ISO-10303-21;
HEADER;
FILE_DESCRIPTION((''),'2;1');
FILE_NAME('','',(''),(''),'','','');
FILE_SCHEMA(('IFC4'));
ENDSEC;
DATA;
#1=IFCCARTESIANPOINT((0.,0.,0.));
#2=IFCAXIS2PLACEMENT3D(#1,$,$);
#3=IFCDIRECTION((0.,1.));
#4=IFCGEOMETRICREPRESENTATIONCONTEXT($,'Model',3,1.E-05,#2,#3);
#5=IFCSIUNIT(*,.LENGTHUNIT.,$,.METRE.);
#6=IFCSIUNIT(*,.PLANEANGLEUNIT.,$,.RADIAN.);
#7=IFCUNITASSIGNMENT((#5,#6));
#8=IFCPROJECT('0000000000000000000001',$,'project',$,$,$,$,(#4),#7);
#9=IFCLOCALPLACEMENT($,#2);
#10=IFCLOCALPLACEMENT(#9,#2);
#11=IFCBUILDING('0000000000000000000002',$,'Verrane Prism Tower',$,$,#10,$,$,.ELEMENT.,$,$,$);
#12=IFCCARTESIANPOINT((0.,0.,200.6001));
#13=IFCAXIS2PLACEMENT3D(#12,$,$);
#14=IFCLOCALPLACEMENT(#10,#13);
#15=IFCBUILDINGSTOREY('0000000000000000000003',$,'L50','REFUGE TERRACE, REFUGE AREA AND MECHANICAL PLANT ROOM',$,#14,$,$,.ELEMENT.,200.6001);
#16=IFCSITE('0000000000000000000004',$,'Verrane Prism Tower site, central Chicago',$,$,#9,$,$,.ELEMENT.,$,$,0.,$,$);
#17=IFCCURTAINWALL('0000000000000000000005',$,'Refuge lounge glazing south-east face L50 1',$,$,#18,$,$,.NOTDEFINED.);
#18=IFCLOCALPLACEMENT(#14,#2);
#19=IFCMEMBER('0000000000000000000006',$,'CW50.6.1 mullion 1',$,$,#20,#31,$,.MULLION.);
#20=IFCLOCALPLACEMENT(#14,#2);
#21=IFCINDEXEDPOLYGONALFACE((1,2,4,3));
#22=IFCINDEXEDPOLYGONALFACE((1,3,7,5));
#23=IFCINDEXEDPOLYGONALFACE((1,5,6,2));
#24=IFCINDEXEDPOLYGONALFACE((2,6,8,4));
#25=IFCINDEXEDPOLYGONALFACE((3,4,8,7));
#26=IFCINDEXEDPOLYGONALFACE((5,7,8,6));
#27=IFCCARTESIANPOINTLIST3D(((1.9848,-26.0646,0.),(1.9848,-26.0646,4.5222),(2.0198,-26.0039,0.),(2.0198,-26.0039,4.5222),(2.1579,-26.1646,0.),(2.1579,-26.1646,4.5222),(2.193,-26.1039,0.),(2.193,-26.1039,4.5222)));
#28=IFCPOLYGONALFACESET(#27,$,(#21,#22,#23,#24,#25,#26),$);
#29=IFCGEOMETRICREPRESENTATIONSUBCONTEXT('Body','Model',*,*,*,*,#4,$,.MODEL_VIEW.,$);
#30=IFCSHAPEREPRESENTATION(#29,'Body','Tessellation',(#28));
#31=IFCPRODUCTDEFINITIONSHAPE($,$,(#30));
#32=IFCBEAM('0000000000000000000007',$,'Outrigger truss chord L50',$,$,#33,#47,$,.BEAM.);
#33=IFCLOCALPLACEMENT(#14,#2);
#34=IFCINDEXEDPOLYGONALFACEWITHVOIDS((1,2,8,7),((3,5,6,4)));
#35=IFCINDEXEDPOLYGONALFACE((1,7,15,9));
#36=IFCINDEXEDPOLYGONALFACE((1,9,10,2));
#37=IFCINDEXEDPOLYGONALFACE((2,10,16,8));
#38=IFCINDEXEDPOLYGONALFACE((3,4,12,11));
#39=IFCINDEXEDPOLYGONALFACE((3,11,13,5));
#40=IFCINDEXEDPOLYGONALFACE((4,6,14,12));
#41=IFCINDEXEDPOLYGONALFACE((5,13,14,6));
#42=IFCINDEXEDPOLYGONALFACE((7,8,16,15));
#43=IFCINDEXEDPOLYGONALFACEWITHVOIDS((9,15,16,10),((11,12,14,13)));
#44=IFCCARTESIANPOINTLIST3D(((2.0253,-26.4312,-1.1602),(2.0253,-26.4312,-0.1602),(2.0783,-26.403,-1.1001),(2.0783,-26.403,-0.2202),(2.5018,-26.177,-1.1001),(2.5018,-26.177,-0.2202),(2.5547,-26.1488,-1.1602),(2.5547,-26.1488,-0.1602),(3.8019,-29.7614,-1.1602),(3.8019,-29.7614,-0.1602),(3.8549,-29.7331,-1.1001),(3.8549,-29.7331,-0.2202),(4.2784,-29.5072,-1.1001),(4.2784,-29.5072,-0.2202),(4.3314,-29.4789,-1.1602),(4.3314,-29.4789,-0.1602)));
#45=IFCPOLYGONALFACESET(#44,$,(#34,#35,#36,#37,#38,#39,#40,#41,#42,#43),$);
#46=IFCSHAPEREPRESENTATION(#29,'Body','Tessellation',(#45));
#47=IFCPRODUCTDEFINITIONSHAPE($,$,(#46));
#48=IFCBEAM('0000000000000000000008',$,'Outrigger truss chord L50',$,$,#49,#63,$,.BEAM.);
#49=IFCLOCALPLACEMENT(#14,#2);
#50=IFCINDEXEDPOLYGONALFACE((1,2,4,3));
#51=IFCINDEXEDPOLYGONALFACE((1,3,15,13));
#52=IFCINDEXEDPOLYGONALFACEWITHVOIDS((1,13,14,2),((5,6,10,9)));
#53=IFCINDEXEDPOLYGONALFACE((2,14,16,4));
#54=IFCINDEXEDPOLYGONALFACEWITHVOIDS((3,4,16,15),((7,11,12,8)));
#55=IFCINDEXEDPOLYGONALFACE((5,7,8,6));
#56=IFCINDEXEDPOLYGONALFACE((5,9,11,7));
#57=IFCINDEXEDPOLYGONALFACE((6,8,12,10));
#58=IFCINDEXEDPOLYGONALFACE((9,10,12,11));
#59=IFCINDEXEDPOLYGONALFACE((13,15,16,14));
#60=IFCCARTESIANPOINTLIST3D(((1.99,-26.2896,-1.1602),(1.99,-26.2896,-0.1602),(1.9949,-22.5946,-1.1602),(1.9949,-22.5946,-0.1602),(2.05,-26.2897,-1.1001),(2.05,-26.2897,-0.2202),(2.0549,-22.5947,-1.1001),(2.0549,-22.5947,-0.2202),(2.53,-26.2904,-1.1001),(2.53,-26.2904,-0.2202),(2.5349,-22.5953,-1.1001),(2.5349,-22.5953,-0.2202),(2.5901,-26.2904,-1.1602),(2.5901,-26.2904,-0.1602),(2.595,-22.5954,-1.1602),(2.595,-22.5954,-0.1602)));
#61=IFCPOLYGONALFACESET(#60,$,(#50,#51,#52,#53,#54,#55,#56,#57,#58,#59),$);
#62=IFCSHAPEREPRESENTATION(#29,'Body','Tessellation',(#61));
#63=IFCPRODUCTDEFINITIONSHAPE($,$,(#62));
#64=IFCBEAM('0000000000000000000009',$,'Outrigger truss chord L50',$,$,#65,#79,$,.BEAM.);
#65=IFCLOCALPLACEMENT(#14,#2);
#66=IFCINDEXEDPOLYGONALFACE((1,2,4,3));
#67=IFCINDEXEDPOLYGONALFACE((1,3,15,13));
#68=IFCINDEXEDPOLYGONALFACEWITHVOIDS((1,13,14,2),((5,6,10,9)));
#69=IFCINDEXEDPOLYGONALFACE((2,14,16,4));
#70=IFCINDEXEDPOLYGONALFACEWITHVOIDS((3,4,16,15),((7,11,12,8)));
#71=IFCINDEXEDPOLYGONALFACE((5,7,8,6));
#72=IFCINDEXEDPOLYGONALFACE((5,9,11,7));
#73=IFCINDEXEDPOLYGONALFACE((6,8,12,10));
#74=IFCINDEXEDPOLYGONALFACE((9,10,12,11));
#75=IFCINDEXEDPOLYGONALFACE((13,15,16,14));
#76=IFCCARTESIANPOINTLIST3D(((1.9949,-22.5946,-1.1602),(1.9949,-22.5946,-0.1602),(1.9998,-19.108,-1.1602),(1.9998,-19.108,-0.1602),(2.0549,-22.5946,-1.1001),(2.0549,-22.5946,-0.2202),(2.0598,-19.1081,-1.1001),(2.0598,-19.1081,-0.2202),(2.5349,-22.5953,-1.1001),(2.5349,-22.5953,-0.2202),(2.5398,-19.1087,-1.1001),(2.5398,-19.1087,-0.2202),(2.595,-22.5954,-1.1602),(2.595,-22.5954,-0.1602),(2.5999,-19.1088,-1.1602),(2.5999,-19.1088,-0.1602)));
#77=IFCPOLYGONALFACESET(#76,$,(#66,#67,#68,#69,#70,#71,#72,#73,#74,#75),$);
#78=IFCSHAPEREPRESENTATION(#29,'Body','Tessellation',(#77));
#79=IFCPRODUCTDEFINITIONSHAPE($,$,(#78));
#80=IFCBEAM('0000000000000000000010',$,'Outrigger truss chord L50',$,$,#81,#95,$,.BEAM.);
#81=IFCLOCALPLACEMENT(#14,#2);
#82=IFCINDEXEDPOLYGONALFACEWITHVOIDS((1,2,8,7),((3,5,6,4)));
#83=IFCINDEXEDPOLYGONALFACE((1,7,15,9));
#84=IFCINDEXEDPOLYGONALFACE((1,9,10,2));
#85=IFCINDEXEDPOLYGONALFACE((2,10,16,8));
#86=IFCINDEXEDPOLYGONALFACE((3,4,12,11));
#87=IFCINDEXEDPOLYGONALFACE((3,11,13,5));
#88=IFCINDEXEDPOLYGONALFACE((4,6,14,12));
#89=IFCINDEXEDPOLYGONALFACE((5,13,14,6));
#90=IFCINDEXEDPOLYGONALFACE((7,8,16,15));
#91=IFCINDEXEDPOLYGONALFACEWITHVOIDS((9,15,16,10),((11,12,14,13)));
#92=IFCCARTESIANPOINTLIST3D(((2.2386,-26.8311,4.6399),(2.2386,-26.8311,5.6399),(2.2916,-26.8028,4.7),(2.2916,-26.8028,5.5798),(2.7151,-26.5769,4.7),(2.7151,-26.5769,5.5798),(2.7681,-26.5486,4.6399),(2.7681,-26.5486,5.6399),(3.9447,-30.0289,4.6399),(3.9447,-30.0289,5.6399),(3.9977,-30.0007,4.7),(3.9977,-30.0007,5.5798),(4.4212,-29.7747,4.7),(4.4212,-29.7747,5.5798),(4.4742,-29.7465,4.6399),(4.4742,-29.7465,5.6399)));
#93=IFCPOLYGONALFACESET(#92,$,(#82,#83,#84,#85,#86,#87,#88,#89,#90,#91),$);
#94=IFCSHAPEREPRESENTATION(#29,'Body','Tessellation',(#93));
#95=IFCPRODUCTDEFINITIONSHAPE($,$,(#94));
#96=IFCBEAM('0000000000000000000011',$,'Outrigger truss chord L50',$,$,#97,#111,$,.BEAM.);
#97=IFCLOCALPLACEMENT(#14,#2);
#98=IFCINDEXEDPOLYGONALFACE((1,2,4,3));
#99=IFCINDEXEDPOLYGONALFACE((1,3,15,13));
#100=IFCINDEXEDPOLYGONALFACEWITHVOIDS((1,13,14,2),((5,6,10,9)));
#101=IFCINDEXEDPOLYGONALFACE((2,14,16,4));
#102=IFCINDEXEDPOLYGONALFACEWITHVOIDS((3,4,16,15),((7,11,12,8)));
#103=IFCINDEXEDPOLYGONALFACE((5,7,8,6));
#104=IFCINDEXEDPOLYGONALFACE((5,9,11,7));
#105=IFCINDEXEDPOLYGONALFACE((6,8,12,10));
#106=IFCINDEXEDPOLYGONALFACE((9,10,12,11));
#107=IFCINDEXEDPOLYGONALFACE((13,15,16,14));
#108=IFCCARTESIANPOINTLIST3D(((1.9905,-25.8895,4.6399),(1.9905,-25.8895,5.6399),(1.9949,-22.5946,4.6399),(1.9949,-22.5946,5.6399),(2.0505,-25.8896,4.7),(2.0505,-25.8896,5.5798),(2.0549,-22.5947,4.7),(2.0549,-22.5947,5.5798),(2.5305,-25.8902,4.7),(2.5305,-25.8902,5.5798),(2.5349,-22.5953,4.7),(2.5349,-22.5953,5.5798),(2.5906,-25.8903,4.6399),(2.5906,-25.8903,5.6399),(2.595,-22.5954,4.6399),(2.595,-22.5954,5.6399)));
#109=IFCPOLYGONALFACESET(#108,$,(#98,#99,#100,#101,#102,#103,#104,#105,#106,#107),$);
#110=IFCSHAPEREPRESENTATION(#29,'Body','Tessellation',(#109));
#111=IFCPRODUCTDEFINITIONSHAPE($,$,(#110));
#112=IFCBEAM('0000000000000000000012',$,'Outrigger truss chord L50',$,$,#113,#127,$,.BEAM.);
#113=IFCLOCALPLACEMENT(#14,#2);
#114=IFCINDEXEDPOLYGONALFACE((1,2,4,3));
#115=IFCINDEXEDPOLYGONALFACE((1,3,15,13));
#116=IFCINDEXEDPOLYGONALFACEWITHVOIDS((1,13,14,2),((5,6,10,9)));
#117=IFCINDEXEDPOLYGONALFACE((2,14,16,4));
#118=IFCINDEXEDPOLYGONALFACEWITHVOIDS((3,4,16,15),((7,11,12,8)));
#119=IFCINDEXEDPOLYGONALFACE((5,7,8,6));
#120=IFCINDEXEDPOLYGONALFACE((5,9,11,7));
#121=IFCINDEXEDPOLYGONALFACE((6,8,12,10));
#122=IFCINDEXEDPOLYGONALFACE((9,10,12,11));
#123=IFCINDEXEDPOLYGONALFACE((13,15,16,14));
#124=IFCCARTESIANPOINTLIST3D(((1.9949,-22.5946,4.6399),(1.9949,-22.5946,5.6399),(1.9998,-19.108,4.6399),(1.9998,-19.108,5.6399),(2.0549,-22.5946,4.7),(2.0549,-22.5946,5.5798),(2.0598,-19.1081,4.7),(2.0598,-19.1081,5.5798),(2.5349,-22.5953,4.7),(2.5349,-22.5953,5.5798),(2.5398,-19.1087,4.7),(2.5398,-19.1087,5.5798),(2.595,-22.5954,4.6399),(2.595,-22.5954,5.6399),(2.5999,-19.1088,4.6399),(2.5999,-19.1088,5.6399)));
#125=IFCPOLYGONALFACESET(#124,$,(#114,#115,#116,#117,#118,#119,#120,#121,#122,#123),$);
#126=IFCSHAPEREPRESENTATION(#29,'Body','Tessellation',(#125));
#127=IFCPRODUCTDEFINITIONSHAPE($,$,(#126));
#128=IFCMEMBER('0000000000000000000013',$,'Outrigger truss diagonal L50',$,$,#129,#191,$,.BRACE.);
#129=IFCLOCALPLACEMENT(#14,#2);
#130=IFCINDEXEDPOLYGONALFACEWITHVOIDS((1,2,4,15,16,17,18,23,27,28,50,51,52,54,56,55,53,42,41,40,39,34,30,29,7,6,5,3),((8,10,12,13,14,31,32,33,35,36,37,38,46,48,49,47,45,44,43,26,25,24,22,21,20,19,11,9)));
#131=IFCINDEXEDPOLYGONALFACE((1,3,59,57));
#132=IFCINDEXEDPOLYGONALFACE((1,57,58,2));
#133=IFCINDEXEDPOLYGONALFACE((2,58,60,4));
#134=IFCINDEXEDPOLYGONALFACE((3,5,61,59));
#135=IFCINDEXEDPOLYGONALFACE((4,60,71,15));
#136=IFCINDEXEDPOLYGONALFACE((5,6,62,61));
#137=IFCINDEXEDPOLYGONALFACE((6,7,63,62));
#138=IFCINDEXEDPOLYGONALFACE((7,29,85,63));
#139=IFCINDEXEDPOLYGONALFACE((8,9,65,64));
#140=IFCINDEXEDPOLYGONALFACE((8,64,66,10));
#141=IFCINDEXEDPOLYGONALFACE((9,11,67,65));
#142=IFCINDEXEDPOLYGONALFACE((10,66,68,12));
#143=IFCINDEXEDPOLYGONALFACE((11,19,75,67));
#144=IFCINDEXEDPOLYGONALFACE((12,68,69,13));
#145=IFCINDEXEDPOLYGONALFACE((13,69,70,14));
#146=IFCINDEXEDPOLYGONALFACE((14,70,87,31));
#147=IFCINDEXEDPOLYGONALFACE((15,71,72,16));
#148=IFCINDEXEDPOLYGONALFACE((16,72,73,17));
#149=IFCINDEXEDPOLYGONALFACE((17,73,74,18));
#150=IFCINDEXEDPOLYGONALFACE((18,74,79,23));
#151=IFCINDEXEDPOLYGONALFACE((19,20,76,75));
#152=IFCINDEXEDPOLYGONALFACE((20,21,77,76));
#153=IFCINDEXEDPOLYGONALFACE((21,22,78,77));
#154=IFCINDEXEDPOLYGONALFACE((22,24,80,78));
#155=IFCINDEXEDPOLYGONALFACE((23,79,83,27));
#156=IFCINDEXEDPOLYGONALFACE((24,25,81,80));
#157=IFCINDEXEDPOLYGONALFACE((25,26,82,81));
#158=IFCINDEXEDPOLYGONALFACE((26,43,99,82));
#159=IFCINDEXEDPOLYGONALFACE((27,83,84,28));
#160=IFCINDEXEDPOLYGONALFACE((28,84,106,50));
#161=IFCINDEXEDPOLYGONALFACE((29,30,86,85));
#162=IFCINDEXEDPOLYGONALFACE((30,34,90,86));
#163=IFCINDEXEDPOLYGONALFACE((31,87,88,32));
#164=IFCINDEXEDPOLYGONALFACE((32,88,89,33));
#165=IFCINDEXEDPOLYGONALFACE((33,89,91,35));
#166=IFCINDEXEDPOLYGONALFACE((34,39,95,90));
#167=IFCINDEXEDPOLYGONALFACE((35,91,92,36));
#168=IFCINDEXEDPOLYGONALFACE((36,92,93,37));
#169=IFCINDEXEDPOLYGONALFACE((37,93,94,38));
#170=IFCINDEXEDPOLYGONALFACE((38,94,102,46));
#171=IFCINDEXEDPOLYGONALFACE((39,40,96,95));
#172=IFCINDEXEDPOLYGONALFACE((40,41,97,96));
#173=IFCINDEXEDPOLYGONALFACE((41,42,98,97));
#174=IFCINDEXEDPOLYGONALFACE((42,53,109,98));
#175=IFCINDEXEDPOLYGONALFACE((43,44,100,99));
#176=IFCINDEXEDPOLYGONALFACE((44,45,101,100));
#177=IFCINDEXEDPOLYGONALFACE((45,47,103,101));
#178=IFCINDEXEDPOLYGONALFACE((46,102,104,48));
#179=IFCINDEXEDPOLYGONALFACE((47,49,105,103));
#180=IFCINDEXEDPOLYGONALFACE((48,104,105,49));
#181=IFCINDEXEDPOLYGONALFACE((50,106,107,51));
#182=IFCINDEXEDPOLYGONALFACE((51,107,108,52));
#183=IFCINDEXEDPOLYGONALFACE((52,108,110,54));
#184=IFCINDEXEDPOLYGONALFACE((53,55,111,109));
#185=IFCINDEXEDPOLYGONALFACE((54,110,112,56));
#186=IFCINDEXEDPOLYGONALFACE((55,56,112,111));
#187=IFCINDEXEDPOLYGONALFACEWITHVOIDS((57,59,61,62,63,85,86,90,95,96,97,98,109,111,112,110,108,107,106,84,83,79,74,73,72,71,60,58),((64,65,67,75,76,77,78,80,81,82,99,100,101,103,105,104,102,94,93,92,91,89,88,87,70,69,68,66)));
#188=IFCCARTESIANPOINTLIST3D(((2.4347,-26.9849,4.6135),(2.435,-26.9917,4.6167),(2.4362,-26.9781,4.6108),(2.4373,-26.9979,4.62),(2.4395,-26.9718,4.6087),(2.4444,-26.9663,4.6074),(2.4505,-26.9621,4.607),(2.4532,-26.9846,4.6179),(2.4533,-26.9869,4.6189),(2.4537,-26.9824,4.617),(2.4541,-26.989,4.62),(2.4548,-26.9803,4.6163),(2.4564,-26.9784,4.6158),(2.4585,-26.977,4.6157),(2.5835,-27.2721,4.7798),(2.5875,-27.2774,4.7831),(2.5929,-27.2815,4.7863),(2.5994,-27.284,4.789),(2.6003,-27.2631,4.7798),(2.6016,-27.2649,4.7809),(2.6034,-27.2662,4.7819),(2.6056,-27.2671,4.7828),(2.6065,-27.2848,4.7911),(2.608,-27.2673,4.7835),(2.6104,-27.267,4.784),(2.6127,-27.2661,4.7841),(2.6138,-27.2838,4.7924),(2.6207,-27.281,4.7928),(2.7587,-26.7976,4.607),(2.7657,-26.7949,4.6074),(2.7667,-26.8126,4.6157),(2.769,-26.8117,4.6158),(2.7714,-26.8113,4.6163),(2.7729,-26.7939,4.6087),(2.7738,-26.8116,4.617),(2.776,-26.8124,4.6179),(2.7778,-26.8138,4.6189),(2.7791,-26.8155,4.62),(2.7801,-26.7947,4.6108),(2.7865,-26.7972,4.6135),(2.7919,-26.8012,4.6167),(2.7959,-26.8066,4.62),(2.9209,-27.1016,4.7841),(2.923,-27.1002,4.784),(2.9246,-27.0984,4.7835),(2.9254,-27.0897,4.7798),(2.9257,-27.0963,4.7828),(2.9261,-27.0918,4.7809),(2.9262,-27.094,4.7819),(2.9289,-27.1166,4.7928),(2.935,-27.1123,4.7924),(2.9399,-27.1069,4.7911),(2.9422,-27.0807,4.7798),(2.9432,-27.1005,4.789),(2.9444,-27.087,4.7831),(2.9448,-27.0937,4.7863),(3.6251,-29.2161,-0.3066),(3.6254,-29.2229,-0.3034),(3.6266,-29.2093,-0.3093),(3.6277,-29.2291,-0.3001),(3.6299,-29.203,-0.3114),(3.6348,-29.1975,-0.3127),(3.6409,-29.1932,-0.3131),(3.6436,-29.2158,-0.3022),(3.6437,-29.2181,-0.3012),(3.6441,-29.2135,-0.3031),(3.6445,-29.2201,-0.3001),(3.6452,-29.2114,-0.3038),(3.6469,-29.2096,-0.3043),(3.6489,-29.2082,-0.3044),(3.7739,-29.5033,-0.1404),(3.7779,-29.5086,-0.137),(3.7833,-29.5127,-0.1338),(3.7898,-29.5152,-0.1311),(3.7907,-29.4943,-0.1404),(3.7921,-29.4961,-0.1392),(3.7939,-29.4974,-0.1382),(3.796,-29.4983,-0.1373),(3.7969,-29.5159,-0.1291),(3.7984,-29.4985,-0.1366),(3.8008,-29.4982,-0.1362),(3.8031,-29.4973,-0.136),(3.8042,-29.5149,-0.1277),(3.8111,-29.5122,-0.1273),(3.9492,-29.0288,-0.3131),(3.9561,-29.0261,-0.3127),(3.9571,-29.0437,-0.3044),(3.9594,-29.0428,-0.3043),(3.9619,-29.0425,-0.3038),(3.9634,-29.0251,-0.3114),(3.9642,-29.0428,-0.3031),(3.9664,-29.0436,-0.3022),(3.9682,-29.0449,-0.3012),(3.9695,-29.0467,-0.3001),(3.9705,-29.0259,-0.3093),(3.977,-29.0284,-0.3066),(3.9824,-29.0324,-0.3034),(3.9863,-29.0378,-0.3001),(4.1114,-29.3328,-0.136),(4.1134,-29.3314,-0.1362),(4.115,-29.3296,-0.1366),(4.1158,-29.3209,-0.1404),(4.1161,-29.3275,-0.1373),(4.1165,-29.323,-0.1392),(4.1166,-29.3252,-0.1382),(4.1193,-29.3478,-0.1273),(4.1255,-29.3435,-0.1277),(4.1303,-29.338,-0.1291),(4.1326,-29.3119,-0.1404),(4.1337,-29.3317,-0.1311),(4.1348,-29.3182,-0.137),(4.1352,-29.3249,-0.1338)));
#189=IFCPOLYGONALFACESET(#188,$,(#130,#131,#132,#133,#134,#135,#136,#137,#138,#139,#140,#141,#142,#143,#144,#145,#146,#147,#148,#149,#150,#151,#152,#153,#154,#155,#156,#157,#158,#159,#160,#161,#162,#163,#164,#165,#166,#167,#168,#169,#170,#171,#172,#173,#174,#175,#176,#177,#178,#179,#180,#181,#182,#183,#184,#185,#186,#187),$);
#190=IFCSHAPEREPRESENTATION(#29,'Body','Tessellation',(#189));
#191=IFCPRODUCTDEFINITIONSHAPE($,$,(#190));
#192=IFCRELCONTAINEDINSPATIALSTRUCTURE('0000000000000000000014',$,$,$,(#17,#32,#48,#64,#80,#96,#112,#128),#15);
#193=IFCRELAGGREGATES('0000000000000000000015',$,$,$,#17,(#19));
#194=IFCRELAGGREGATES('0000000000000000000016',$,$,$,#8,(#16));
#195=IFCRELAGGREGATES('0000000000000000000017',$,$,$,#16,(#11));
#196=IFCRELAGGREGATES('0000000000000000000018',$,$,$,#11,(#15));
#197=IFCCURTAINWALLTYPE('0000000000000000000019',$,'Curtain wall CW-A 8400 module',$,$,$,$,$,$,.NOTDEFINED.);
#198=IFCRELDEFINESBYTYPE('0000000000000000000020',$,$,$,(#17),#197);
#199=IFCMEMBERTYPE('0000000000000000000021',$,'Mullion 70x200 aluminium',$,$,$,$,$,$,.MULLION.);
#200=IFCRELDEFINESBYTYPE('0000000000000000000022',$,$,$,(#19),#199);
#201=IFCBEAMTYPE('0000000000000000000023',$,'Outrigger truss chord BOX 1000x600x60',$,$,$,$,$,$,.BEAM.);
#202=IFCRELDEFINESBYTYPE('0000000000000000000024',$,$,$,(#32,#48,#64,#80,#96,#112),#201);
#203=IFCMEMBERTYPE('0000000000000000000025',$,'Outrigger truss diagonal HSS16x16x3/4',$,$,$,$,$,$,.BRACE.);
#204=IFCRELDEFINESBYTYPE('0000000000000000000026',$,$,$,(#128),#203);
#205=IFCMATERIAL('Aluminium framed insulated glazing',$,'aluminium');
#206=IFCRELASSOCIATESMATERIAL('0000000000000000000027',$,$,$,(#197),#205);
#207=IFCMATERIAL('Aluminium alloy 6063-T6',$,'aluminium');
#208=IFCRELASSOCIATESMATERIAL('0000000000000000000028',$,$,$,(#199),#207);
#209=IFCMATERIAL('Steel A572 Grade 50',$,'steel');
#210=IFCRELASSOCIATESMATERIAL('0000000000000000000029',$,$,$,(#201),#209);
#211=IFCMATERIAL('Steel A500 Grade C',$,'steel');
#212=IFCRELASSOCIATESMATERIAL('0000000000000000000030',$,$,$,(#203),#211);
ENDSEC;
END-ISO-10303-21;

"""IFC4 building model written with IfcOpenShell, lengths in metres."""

from ifc_helpers import new_model, si_unit, direction, frame, origin, origin_2d, place, context, subcontext, project, spatial, rectangle, hollow_rectangle, extrude, material, material_profile, profile_set, type_object, element, aggregate, save


model = new_model("IFC4")

# Units and contexts
model_context = context("Model", 3, precision=1e-05, world=origin(), true_north=direction((0.0, 1.0)))
body_context = subcontext(model_context, "Body", "Model", "MODEL_VIEW")
ifc_project = project(units=[si_unit("LENGTHUNIT", "METRE"), si_unit("PLANEANGLEUNIT", "RADIAN")], contexts=[model_context])

# Site, building, storey
site_placement = place(None, origin())
site = spatial("IfcSite", under=ifc_project, at=site_placement, Name="Verrane Prism Tower site, central Chicago", CompositionType="ELEMENT", RefElevation=0.0)
building_placement = place(site_placement, origin())
building = spatial("IfcBuilding", under=site, at=building_placement, Name="Verrane Prism Tower", CompositionType="ELEMENT")
storey_placement = place(building_placement, frame((0.0, 0.0, 200.6001)))
storey = spatial("IfcBuildingStorey", under=building, at=storey_placement, Name="L50", Description="REFUGE TERRACE, REFUGE AREA AND MECHANICAL PLANT ROOM", CompositionType="ELEMENT", Elevation=200.6001)

# Curtain wall, member
ifc_material_1 = material(Name="Aluminium framed insulated glazing", Category="aluminium")
curtain_wall_type = type_object("IfcCurtainWallType", Name="Curtain wall CW-A 8400 module", PredefinedType="NOTDEFINED", material=ifc_material_1)
curtain_wall_placement = place(storey_placement, origin())
curtain_wall = element("IfcCurtainWall", 1, at=curtain_wall_placement, inside=storey, type_object=curtain_wall_type, Name="Refuge lounge glazing south-east face L50 1", PredefinedType="NOTDEFINED")
ifc_material_2 = material(Name="Aluminium alloy 6063-T6", Category="aluminium")
ifc_material_profile_1 = material_profile(ifc_material_2, rectangle(XDim=0.2, YDim=0.0701, at=origin_2d()), Name="Mullion 70x200 aluminium")
ifc_profile_set_1 = profile_set([ifc_material_profile_1], Name="Aluminium alloy 6063-T6")
member_type_1 = type_object("IfcMemberType", Name="Mullion 70x200 aluminium", PredefinedType="MULLION", material=ifc_profile_set_1)
member_1_placement = place(storey_placement, frame((2.0889, -26.0842, 0.0), z_axis=(0.0, 0.0, 1.0), x_axis=(-0.866027, 0.499996, 0.0)))
member_1 = element("IfcMember", 2, at=member_1_placement, type_object=member_type_1, Name="CW50.6.1 mullion 1", PredefinedType="MULLION", context=body_context, shape_type="SweptSolid", body=[
    extrude(rectangle(XDim=0.2, YDim=0.0701, at=origin_2d()), origin(), (0.0, 0.0, 1.0), 4.5222),
])

# Beams
ifc_material_3 = material(Name="Steel A572 Grade 50", Category="steel")
ifc_material_profile_2 = material_profile(ifc_material_3, hollow_rectangle(XDim=0.6001, YDim=1.0, WallThickness=0.0601, at=origin_2d()), Name="BOX 1000x600x60")
ifc_profile_set_2 = profile_set([ifc_material_profile_2], Name="Steel A572 Grade 50")
beam_type_1 = type_object("IfcBeamType", Name="Outrigger truss chord BOX 1000x600x60", PredefinedType="BEAM", material=ifc_profile_set_2)
beam_1_placement = place(storey_placement, frame((4.0667, -29.6201, -0.6602), z_axis=(-0.470706, 0.88229, 0.0), x_axis=(-0.88229, -0.470706, 0.0)))
element("IfcBeam", 3, at=beam_1_placement, inside=storey, type_object=beam_type_1, Name="Outrigger truss chord L50", PredefinedType="BEAM", context=body_context, shape_type="SweptSolid", body=[
    extrude(hollow_rectangle(XDim=0.6001, YDim=1.0, WallThickness=0.0601, at=origin_2d()), origin(), (0.0, 0.0, 1.0), 3.7744),
])
beam_2_placement = place(storey_placement, frame((2.29, -26.29, -0.6602), z_axis=(0.001321, 0.999999, 0.0), x_axis=(-0.999999, 0.001321, 0.0)))
element("IfcBeam", 4, at=beam_2_placement, inside=storey, type_object=beam_type_1, Name="Outrigger truss chord L50", PredefinedType="BEAM", context=body_context, shape_type="SweptSolid", body=[
    extrude(hollow_rectangle(XDim=0.6001, YDim=1.0, WallThickness=0.0601, at=origin_2d()), origin(), (0.0, 0.0, 1.0), 3.6951),
])
beam_3_placement = place(storey_placement, frame((2.2949, -22.595, -0.6602), z_axis=(0.0014, 0.999999, 0.0), x_axis=(-0.999999, 0.0014, 0.0)))
element("IfcBeam", 5, at=beam_3_placement, inside=storey, type_object=beam_type_1, Name="Outrigger truss chord L50", PredefinedType="BEAM", context=body_context, shape_type="SweptSolid", body=[
    extrude(hollow_rectangle(XDim=0.6001, YDim=1.0, WallThickness=0.0601, at=origin_2d()), origin(), (0.0, 0.0, 1.0), 3.4866),
])
beam_4_placement = place(storey_placement, frame((4.2095, -29.8877, 5.1399), z_axis=(-0.470714, 0.882286, 0.0), x_axis=(-0.882286, -0.470714, 0.0)))
element("IfcBeam", 6, at=beam_4_placement, inside=storey, type_object=beam_type_1, Name="Outrigger truss chord L50", PredefinedType="BEAM", context=body_context, shape_type="SweptSolid", body=[
    extrude(hollow_rectangle(XDim=0.6001, YDim=1.0, WallThickness=0.0601, at=origin_2d()), origin(), (0.0, 0.0, 1.0), 3.6245),
])
beam_5_placement = place(storey_placement, frame((2.2905, -25.8899, 5.1399), z_axis=(0.001334, 0.999999, 0.0), x_axis=(-0.999999, 0.001334, 0.0)))
element("IfcBeam", 7, at=beam_5_placement, inside=storey, type_object=beam_type_1, Name="Outrigger truss chord L50", PredefinedType="BEAM", context=body_context, shape_type="SweptSolid", body=[
    extrude(hollow_rectangle(XDim=0.6001, YDim=1.0, WallThickness=0.0601, at=origin_2d()), origin(), (0.0, 0.0, 1.0), 3.2949),
])
beam_6_placement = place(storey_placement, frame((2.2949, -22.595, 5.1399), z_axis=(0.0014, 0.999999, 0.0), x_axis=(-0.999999, 0.0014, 0.0)))
element("IfcBeam", 8, at=beam_6_placement, inside=storey, type_object=beam_type_1, Name="Outrigger truss chord L50", PredefinedType="BEAM", context=body_context, shape_type="SweptSolid", body=[
    extrude(hollow_rectangle(XDim=0.6001, YDim=1.0, WallThickness=0.0601, at=origin_2d()), origin(), (0.0, 0.0, 1.0), 3.4866),
])

# Member
ifc_material_4 = material(Name="Steel A500 Grade C", Category="steel")
ifc_material_profile_3 = material_profile(ifc_material_4, hollow_rectangle(XDim=0.4065, YDim=0.4065, WallThickness=0.019, InnerFilletRadius=0.0095, OuterFilletRadius=0.0286, at=origin_2d()), Name="HSS16x16x3/4")
ifc_profile_set_3 = profile_set([ifc_material_profile_3], Name="Steel A500 Grade C")
member_type_2 = type_object("IfcMemberType", Name="Outrigger truss diagonal HSS16x16x3/4", PredefinedType="BRACE", material=ifc_profile_set_3)
member_2_placement = place(storey_placement, frame((3.8801, -29.2705, -0.2202), z_axis=(-0.215188, 0.403324, 0.889395), x_axis=(-0.882278, -0.470729, 0.0)))
element("IfcMember", 9, at=member_2_placement, inside=storey, type_object=member_type_2, Name="Outrigger truss diagonal L50", PredefinedType="BRACE", context=body_context, shape_type="SweptSolid", body=[
    extrude(hollow_rectangle(XDim=0.4065, YDim=0.4065, WallThickness=0.019, InnerFilletRadius=0.0095, OuterFilletRadius=0.0286, at=origin_2d()), origin(), (0.0, 0.0, 1.0), 5.532),
])

aggregate(curtain_wall, [member_1])

save(model, "model.ifc")
